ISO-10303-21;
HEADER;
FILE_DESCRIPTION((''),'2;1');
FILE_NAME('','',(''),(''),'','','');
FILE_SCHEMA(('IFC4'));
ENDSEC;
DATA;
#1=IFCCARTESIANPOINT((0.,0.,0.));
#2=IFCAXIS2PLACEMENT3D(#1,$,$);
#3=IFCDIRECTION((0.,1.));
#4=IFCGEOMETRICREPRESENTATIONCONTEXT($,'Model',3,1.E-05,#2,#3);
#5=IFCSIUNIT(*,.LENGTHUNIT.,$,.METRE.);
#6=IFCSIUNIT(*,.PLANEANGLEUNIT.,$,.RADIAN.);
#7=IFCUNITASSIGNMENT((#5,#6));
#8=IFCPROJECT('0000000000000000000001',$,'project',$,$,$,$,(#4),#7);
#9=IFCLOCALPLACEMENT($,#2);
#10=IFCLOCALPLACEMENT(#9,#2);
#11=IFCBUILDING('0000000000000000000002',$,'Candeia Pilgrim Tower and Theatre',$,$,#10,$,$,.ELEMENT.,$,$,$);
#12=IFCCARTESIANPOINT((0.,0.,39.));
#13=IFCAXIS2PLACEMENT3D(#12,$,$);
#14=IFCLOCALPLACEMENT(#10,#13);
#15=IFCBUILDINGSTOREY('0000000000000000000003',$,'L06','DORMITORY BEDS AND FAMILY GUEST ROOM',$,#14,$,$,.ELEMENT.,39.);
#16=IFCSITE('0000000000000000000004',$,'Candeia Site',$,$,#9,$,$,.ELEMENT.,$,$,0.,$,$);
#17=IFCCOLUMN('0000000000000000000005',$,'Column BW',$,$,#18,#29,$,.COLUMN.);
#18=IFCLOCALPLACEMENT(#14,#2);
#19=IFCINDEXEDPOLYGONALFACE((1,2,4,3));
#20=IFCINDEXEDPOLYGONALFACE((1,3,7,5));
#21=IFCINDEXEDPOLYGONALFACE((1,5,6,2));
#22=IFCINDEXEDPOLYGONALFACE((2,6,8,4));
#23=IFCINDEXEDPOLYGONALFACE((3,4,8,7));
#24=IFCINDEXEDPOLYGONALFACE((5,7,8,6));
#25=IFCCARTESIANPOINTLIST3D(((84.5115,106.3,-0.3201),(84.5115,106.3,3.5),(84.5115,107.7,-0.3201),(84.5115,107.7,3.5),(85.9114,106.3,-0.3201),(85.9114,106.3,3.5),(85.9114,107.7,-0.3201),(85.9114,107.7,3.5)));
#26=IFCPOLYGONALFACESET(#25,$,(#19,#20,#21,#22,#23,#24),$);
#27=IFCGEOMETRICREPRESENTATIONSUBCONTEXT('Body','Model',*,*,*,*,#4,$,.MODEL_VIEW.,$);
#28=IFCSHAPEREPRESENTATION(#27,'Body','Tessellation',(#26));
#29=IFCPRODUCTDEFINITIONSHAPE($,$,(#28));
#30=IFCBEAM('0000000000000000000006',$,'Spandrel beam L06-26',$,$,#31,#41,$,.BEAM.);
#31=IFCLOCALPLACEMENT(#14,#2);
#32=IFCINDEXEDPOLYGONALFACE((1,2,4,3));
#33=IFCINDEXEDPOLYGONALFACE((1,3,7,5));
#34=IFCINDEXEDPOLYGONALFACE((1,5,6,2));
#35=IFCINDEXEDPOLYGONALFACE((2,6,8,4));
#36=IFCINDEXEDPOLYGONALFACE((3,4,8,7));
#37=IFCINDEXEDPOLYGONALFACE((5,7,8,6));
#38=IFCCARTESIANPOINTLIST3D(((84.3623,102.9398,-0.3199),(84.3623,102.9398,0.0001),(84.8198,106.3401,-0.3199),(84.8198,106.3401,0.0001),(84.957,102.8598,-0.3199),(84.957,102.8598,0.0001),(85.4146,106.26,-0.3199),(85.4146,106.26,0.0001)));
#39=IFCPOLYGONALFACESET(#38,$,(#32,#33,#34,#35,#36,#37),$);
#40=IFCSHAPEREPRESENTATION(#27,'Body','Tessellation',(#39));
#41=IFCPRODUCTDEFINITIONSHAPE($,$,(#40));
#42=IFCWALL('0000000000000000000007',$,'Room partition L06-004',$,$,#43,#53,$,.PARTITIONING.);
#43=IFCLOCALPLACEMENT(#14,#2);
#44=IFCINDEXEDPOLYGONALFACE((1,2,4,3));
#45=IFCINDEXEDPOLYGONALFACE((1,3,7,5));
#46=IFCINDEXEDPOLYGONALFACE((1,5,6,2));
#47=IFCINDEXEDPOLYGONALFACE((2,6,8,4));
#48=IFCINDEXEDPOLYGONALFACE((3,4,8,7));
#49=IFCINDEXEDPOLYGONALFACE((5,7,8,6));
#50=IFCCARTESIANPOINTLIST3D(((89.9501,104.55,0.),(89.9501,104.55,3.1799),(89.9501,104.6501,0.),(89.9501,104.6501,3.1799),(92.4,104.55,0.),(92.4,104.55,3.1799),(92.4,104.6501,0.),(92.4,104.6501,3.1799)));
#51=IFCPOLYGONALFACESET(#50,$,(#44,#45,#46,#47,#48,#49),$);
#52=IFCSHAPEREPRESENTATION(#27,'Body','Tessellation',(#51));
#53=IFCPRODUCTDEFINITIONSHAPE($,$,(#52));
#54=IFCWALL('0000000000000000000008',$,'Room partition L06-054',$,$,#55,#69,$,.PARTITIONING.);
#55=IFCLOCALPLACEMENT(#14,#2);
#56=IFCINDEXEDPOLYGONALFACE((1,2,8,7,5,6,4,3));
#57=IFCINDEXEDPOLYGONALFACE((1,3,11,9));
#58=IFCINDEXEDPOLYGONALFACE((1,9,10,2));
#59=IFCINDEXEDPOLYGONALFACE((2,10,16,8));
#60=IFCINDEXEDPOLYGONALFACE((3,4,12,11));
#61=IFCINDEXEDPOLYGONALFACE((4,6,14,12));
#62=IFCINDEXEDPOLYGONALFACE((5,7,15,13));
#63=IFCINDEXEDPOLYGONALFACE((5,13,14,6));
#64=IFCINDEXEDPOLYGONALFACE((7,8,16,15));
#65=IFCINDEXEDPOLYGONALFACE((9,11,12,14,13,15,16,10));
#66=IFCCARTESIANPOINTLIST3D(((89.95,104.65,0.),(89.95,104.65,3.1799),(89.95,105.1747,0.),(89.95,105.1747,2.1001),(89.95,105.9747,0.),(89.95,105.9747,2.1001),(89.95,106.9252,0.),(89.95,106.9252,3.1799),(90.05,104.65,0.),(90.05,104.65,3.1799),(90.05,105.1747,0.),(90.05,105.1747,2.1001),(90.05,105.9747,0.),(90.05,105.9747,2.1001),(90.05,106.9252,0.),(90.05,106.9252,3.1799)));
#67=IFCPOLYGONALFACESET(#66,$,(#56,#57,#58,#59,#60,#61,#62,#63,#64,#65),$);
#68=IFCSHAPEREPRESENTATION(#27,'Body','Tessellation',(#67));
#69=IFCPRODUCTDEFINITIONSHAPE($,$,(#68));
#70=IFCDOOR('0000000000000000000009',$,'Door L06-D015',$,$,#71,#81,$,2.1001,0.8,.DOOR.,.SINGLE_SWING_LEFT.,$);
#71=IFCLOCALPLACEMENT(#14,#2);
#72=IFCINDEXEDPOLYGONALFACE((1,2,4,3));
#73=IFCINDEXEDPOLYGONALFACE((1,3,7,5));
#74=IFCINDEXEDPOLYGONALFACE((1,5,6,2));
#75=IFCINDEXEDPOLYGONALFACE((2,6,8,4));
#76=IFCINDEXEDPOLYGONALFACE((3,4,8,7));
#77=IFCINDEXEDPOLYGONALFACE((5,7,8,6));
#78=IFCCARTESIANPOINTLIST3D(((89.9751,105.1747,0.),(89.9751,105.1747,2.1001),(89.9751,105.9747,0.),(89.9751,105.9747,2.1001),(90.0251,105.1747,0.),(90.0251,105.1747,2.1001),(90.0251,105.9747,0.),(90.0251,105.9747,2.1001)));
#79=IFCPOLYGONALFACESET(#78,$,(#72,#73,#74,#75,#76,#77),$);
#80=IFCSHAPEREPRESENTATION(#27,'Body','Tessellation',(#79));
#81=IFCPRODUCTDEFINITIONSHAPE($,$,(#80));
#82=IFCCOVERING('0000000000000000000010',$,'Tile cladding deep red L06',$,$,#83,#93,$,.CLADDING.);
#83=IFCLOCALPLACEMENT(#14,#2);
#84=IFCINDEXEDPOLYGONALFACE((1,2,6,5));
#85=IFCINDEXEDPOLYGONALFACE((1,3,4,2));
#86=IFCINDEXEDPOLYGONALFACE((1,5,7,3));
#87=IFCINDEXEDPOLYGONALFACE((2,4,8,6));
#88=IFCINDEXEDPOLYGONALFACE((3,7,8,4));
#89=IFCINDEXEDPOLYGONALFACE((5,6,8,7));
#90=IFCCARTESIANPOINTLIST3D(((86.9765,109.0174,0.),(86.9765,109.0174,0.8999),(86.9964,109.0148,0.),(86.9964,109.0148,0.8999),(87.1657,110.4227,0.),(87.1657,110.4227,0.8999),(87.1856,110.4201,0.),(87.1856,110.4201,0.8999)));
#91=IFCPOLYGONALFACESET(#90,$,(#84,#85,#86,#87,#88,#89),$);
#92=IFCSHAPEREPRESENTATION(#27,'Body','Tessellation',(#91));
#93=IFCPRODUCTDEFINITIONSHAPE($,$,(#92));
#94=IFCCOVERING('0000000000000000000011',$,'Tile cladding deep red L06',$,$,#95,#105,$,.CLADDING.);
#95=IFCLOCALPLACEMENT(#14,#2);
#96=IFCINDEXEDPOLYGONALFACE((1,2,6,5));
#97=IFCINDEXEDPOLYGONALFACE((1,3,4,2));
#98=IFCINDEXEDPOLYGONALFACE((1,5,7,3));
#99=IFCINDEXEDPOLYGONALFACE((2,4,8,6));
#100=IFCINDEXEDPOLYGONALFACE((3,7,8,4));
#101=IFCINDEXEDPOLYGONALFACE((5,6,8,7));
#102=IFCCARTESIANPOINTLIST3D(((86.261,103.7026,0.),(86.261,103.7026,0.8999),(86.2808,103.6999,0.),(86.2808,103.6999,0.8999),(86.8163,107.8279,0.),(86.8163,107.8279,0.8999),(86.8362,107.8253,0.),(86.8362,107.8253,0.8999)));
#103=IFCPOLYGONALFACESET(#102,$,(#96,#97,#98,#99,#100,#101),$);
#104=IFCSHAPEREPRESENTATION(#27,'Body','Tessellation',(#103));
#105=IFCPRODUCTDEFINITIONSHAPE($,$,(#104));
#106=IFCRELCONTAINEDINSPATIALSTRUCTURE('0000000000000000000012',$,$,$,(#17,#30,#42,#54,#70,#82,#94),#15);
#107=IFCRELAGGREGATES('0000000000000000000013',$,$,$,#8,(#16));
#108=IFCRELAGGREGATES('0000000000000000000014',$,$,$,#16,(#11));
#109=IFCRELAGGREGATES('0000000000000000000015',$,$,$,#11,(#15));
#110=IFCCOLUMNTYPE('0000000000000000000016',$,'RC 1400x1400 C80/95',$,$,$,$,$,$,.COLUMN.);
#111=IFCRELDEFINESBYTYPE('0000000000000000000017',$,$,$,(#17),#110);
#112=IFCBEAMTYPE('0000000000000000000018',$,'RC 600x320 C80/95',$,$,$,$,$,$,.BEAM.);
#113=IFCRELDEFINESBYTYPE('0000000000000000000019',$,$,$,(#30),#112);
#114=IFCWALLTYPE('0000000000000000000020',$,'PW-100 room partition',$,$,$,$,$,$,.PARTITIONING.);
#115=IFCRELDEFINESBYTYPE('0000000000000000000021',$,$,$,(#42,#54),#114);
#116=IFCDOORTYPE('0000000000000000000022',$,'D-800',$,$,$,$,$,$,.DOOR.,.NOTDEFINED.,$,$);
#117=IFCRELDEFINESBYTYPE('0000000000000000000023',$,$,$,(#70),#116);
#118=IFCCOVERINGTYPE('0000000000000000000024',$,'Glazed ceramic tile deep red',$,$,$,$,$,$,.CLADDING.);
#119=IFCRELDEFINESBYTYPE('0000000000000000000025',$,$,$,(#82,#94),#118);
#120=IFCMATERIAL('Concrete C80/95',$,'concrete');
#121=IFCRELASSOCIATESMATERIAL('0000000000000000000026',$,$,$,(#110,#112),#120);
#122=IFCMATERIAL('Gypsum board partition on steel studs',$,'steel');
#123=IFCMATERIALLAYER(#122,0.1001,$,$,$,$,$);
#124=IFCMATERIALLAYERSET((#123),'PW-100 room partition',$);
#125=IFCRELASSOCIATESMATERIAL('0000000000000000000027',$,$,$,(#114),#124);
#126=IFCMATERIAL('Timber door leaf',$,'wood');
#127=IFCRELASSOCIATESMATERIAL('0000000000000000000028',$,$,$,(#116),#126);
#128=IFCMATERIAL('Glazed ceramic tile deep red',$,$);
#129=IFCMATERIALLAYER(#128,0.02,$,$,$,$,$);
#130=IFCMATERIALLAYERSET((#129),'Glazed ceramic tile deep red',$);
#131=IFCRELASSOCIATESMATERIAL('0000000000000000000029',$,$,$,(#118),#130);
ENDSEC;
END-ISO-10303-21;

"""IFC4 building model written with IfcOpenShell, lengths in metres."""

from ifc_helpers import new_model, si_unit, direction, frame, frame_2d, origin, origin_2d, place, context, subcontext, project, spatial, rectangle, extrude, material, layer, layer_set, material_profile, profile_set, type_object, element, fill, save


model = new_model("IFC4")

# Units and contexts
model_context = context("Model", 3, precision=1e-05, world=origin(), true_north=direction((0.0, 1.0)))
body_context = subcontext(model_context, "Body", "Model", "MODEL_VIEW")
ifc_project = project(units=[si_unit("LENGTHUNIT", "METRE"), si_unit("PLANEANGLEUNIT", "RADIAN")], contexts=[model_context])

# Site, building, storey
site_placement = place(None, origin())
site = spatial("IfcSite", under=ifc_project, at=site_placement, Name="Candeia Site", CompositionType="ELEMENT", RefElevation=0.0)
building_placement = place(site_placement, origin())
building = spatial("IfcBuilding", under=site, at=building_placement, Name="Candeia Pilgrim Tower and Theatre", CompositionType="ELEMENT")
storey_placement = place(building_placement, frame((0.0, 0.0, 39.0)))
storey = spatial("IfcBuildingStorey", under=building, at=storey_placement, Name="L06", Description="DORMITORY BEDS AND FAMILY GUEST ROOM", CompositionType="ELEMENT", Elevation=39.0)

# Column
ifc_material_1 = material(Name="Concrete C80/95", Category="concrete")
ifc_material_profile_1 = material_profile(ifc_material_1, rectangle(XDim=1.3999, YDim=1.3999, at=origin_2d()))
ifc_profile_set_1 = profile_set([ifc_material_profile_1], Name="Concrete C80/95")
column_type = type_object("IfcColumnType", Name="RC 1400x1400 C80/95", PredefinedType="COLUMN", material=ifc_profile_set_1)
column_placement = place(storey_placement, frame((85.2114, 107.0, -0.3201), z_axis=(0.0, 0.0, 1.0), x_axis=(1.0, 0.0, 0.0)))
element("IfcColumn", 1, at=column_placement, inside=storey, type_object=column_type, Name="Column BW", PredefinedType="COLUMN", context=body_context, shape_type="SweptSolid", body=[
    extrude(rectangle(XDim=1.3999, YDim=1.3999, at=origin_2d()), origin(), (0.0, 0.0, 1.0), 3.8201),
])

# Beam
ifc_material_profile_2 = material_profile(ifc_material_1, rectangle(XDim=0.6001, YDim=0.3201, at=origin_2d()))
ifc_profile_set_2 = profile_set([ifc_material_profile_2], Name="Concrete C80/95")
beam_type = type_object("IfcBeamType", Name="RC 600x320 C80/95", PredefinedType="BEAM", material=ifc_profile_set_2)
beam_placement = place(storey_placement, frame((85.1172, 106.3, -0.1599), z_axis=(-0.133357, -0.991068, 0.0), x_axis=(0.991068, -0.133357, 0.0)))
element("IfcBeam", 2, at=beam_placement, inside=storey, type_object=beam_type, Name="Spandrel beam L06-26", PredefinedType="BEAM", context=body_context, shape_type="SweptSolid", body=[
    extrude(rectangle(XDim=0.6001, YDim=0.3201, at=origin_2d()), origin(), (0.0, 0.0, 1.0), 3.4309),
])

# Wall
ifc_material_2 = material(Name="Gypsum board partition on steel studs", Category="steel")
ifc_layer_1 = layer(ifc_material_2, 0.1001)
ifc_layer_set_1 = layer_set([ifc_layer_1], Name="PW-100 room partition")
wall_type_1 = type_object("IfcWallType", Name="PW-100 room partition", PredefinedType="PARTITIONING", material=ifc_layer_set_1)
wall_1_placement = place(storey_placement, frame((89.95, 104.6001, 0.0), z_axis=(0.0, 0.0, 1.0), x_axis=(1.0, 0.0, 0.0)))
element("IfcWall", 3, at=wall_1_placement, inside=storey, type_object=wall_type_1, Name="Room partition L06-004", PredefinedType="PARTITIONING", context=body_context, shape_type="SweptSolid", body=[
    extrude(rectangle(XDim=2.45, YDim=0.1001, at=frame_2d((1.2251, 0.0))), origin(), (0.0, 0.0, 1.0), 3.1799),
])

# Wall, opening, door
wall_2_placement = place(storey_placement, frame((90.0, 104.6499, 0.0), z_axis=(0.0, 0.0, 1.0), x_axis=(0.0, 1.0, 0.0)))
wall_2 = element("IfcWall", 4, at=wall_2_placement, inside=storey, type_object=wall_type_1, Name="Room partition L06-054", PredefinedType="PARTITIONING", context=body_context, shape_type="SweptSolid", body=[
    extrude(rectangle(XDim=2.2751, YDim=0.1001, at=frame_2d((1.1377, 0.0))), origin(), (0.0, 0.0, 1.0), 3.1799),
])
opening_1_placement = place(wall_2_placement, frame((0.5249, 0.0, 0.0)))
opening_1 = element("IfcOpeningElement", 5, at=opening_1_placement, cuts=wall_2, PredefinedType="OPENING", context=body_context, shape_type="SweptSolid", body=[
    extrude(rectangle(XDim=0.8, YDim=2.1001, at=frame_2d((0.3999, 1.05))), frame((0.0, 0.0601, 0.0), z_axis=(0.0, -1.0, 0.0), x_axis=(1.0, 0.0, 0.0)), (0.0, 0.0, 1.0), 0.1201),
])
ifc_material_3 = material(Name="Timber door leaf", Category="wood")
door_type_1 = type_object("IfcDoorType", Name="D-800", OperationType="NOTDEFINED", PredefinedType="DOOR", material=ifc_material_3)
door_1_placement = place(opening_1_placement, origin())
door_1 = element("IfcDoor", 6, at=door_1_placement, inside=storey, type_object=door_type_1, Name="Door L06-D015", OperationType="SINGLE_SWING_LEFT", OverallHeight=2.1001, OverallWidth=0.8, PredefinedType="DOOR", context=body_context, shape_type="SweptSolid", body=[
    extrude(rectangle(XDim=0.8, YDim=2.1001, at=frame_2d((0.3999, 1.05))), frame((0.0, 0.0249, 0.0), z_axis=(0.0, -1.0, 0.0), x_axis=(1.0, 0.0, 0.0)), (0.0, 0.0, 1.0), 0.05),
])
fill(opening_1, door_1)

# Coverings
ifc_material_4 = material(Name="Glazed ceramic tile deep red")
ifc_layer_2 = layer(ifc_material_4, 0.02)
ifc_layer_set_2 = layer_set([ifc_layer_2], Name="Glazed ceramic tile deep red")
covering_type = type_object("IfcCoveringType", Name="Glazed ceramic tile deep red", PredefinedType="CLADDING", material=ifc_layer_set_2)
covering_1_placement = place(storey_placement, frame((87.0811, 109.7188, 0.0), z_axis=(0.0, 0.0, 1.0), x_axis=(-0.133412, -0.991061, 0.0)))
element("IfcCovering", 7, at=covering_1_placement, inside=storey, type_object=covering_type, Name="Tile cladding deep red L06", PredefinedType="CLADDING", context=body_context, shape_type="SweptSolid", body=[
    extrude(rectangle(XDim=1.418, YDim=0.02, at=origin_2d()), origin(), (0.0, 0.0, 1.0), 0.8999),
])
covering_2_placement = place(storey_placement, frame((86.5486, 105.7639, 0.0), z_axis=(0.0, 0.0, 1.0), x_axis=(-0.133412, -0.991061, 0.0)))
element("IfcCovering", 8, at=covering_2_placement, inside=storey, type_object=covering_type, Name="Tile cladding deep red L06", PredefinedType="CLADDING", context=body_context, shape_type="SweptSolid", body=[
    extrude(rectangle(XDim=4.1626, YDim=0.02, at=origin_2d()), origin(), (0.0, 0.0, 1.0), 0.8999),
])

save(model, "model.ifc")
